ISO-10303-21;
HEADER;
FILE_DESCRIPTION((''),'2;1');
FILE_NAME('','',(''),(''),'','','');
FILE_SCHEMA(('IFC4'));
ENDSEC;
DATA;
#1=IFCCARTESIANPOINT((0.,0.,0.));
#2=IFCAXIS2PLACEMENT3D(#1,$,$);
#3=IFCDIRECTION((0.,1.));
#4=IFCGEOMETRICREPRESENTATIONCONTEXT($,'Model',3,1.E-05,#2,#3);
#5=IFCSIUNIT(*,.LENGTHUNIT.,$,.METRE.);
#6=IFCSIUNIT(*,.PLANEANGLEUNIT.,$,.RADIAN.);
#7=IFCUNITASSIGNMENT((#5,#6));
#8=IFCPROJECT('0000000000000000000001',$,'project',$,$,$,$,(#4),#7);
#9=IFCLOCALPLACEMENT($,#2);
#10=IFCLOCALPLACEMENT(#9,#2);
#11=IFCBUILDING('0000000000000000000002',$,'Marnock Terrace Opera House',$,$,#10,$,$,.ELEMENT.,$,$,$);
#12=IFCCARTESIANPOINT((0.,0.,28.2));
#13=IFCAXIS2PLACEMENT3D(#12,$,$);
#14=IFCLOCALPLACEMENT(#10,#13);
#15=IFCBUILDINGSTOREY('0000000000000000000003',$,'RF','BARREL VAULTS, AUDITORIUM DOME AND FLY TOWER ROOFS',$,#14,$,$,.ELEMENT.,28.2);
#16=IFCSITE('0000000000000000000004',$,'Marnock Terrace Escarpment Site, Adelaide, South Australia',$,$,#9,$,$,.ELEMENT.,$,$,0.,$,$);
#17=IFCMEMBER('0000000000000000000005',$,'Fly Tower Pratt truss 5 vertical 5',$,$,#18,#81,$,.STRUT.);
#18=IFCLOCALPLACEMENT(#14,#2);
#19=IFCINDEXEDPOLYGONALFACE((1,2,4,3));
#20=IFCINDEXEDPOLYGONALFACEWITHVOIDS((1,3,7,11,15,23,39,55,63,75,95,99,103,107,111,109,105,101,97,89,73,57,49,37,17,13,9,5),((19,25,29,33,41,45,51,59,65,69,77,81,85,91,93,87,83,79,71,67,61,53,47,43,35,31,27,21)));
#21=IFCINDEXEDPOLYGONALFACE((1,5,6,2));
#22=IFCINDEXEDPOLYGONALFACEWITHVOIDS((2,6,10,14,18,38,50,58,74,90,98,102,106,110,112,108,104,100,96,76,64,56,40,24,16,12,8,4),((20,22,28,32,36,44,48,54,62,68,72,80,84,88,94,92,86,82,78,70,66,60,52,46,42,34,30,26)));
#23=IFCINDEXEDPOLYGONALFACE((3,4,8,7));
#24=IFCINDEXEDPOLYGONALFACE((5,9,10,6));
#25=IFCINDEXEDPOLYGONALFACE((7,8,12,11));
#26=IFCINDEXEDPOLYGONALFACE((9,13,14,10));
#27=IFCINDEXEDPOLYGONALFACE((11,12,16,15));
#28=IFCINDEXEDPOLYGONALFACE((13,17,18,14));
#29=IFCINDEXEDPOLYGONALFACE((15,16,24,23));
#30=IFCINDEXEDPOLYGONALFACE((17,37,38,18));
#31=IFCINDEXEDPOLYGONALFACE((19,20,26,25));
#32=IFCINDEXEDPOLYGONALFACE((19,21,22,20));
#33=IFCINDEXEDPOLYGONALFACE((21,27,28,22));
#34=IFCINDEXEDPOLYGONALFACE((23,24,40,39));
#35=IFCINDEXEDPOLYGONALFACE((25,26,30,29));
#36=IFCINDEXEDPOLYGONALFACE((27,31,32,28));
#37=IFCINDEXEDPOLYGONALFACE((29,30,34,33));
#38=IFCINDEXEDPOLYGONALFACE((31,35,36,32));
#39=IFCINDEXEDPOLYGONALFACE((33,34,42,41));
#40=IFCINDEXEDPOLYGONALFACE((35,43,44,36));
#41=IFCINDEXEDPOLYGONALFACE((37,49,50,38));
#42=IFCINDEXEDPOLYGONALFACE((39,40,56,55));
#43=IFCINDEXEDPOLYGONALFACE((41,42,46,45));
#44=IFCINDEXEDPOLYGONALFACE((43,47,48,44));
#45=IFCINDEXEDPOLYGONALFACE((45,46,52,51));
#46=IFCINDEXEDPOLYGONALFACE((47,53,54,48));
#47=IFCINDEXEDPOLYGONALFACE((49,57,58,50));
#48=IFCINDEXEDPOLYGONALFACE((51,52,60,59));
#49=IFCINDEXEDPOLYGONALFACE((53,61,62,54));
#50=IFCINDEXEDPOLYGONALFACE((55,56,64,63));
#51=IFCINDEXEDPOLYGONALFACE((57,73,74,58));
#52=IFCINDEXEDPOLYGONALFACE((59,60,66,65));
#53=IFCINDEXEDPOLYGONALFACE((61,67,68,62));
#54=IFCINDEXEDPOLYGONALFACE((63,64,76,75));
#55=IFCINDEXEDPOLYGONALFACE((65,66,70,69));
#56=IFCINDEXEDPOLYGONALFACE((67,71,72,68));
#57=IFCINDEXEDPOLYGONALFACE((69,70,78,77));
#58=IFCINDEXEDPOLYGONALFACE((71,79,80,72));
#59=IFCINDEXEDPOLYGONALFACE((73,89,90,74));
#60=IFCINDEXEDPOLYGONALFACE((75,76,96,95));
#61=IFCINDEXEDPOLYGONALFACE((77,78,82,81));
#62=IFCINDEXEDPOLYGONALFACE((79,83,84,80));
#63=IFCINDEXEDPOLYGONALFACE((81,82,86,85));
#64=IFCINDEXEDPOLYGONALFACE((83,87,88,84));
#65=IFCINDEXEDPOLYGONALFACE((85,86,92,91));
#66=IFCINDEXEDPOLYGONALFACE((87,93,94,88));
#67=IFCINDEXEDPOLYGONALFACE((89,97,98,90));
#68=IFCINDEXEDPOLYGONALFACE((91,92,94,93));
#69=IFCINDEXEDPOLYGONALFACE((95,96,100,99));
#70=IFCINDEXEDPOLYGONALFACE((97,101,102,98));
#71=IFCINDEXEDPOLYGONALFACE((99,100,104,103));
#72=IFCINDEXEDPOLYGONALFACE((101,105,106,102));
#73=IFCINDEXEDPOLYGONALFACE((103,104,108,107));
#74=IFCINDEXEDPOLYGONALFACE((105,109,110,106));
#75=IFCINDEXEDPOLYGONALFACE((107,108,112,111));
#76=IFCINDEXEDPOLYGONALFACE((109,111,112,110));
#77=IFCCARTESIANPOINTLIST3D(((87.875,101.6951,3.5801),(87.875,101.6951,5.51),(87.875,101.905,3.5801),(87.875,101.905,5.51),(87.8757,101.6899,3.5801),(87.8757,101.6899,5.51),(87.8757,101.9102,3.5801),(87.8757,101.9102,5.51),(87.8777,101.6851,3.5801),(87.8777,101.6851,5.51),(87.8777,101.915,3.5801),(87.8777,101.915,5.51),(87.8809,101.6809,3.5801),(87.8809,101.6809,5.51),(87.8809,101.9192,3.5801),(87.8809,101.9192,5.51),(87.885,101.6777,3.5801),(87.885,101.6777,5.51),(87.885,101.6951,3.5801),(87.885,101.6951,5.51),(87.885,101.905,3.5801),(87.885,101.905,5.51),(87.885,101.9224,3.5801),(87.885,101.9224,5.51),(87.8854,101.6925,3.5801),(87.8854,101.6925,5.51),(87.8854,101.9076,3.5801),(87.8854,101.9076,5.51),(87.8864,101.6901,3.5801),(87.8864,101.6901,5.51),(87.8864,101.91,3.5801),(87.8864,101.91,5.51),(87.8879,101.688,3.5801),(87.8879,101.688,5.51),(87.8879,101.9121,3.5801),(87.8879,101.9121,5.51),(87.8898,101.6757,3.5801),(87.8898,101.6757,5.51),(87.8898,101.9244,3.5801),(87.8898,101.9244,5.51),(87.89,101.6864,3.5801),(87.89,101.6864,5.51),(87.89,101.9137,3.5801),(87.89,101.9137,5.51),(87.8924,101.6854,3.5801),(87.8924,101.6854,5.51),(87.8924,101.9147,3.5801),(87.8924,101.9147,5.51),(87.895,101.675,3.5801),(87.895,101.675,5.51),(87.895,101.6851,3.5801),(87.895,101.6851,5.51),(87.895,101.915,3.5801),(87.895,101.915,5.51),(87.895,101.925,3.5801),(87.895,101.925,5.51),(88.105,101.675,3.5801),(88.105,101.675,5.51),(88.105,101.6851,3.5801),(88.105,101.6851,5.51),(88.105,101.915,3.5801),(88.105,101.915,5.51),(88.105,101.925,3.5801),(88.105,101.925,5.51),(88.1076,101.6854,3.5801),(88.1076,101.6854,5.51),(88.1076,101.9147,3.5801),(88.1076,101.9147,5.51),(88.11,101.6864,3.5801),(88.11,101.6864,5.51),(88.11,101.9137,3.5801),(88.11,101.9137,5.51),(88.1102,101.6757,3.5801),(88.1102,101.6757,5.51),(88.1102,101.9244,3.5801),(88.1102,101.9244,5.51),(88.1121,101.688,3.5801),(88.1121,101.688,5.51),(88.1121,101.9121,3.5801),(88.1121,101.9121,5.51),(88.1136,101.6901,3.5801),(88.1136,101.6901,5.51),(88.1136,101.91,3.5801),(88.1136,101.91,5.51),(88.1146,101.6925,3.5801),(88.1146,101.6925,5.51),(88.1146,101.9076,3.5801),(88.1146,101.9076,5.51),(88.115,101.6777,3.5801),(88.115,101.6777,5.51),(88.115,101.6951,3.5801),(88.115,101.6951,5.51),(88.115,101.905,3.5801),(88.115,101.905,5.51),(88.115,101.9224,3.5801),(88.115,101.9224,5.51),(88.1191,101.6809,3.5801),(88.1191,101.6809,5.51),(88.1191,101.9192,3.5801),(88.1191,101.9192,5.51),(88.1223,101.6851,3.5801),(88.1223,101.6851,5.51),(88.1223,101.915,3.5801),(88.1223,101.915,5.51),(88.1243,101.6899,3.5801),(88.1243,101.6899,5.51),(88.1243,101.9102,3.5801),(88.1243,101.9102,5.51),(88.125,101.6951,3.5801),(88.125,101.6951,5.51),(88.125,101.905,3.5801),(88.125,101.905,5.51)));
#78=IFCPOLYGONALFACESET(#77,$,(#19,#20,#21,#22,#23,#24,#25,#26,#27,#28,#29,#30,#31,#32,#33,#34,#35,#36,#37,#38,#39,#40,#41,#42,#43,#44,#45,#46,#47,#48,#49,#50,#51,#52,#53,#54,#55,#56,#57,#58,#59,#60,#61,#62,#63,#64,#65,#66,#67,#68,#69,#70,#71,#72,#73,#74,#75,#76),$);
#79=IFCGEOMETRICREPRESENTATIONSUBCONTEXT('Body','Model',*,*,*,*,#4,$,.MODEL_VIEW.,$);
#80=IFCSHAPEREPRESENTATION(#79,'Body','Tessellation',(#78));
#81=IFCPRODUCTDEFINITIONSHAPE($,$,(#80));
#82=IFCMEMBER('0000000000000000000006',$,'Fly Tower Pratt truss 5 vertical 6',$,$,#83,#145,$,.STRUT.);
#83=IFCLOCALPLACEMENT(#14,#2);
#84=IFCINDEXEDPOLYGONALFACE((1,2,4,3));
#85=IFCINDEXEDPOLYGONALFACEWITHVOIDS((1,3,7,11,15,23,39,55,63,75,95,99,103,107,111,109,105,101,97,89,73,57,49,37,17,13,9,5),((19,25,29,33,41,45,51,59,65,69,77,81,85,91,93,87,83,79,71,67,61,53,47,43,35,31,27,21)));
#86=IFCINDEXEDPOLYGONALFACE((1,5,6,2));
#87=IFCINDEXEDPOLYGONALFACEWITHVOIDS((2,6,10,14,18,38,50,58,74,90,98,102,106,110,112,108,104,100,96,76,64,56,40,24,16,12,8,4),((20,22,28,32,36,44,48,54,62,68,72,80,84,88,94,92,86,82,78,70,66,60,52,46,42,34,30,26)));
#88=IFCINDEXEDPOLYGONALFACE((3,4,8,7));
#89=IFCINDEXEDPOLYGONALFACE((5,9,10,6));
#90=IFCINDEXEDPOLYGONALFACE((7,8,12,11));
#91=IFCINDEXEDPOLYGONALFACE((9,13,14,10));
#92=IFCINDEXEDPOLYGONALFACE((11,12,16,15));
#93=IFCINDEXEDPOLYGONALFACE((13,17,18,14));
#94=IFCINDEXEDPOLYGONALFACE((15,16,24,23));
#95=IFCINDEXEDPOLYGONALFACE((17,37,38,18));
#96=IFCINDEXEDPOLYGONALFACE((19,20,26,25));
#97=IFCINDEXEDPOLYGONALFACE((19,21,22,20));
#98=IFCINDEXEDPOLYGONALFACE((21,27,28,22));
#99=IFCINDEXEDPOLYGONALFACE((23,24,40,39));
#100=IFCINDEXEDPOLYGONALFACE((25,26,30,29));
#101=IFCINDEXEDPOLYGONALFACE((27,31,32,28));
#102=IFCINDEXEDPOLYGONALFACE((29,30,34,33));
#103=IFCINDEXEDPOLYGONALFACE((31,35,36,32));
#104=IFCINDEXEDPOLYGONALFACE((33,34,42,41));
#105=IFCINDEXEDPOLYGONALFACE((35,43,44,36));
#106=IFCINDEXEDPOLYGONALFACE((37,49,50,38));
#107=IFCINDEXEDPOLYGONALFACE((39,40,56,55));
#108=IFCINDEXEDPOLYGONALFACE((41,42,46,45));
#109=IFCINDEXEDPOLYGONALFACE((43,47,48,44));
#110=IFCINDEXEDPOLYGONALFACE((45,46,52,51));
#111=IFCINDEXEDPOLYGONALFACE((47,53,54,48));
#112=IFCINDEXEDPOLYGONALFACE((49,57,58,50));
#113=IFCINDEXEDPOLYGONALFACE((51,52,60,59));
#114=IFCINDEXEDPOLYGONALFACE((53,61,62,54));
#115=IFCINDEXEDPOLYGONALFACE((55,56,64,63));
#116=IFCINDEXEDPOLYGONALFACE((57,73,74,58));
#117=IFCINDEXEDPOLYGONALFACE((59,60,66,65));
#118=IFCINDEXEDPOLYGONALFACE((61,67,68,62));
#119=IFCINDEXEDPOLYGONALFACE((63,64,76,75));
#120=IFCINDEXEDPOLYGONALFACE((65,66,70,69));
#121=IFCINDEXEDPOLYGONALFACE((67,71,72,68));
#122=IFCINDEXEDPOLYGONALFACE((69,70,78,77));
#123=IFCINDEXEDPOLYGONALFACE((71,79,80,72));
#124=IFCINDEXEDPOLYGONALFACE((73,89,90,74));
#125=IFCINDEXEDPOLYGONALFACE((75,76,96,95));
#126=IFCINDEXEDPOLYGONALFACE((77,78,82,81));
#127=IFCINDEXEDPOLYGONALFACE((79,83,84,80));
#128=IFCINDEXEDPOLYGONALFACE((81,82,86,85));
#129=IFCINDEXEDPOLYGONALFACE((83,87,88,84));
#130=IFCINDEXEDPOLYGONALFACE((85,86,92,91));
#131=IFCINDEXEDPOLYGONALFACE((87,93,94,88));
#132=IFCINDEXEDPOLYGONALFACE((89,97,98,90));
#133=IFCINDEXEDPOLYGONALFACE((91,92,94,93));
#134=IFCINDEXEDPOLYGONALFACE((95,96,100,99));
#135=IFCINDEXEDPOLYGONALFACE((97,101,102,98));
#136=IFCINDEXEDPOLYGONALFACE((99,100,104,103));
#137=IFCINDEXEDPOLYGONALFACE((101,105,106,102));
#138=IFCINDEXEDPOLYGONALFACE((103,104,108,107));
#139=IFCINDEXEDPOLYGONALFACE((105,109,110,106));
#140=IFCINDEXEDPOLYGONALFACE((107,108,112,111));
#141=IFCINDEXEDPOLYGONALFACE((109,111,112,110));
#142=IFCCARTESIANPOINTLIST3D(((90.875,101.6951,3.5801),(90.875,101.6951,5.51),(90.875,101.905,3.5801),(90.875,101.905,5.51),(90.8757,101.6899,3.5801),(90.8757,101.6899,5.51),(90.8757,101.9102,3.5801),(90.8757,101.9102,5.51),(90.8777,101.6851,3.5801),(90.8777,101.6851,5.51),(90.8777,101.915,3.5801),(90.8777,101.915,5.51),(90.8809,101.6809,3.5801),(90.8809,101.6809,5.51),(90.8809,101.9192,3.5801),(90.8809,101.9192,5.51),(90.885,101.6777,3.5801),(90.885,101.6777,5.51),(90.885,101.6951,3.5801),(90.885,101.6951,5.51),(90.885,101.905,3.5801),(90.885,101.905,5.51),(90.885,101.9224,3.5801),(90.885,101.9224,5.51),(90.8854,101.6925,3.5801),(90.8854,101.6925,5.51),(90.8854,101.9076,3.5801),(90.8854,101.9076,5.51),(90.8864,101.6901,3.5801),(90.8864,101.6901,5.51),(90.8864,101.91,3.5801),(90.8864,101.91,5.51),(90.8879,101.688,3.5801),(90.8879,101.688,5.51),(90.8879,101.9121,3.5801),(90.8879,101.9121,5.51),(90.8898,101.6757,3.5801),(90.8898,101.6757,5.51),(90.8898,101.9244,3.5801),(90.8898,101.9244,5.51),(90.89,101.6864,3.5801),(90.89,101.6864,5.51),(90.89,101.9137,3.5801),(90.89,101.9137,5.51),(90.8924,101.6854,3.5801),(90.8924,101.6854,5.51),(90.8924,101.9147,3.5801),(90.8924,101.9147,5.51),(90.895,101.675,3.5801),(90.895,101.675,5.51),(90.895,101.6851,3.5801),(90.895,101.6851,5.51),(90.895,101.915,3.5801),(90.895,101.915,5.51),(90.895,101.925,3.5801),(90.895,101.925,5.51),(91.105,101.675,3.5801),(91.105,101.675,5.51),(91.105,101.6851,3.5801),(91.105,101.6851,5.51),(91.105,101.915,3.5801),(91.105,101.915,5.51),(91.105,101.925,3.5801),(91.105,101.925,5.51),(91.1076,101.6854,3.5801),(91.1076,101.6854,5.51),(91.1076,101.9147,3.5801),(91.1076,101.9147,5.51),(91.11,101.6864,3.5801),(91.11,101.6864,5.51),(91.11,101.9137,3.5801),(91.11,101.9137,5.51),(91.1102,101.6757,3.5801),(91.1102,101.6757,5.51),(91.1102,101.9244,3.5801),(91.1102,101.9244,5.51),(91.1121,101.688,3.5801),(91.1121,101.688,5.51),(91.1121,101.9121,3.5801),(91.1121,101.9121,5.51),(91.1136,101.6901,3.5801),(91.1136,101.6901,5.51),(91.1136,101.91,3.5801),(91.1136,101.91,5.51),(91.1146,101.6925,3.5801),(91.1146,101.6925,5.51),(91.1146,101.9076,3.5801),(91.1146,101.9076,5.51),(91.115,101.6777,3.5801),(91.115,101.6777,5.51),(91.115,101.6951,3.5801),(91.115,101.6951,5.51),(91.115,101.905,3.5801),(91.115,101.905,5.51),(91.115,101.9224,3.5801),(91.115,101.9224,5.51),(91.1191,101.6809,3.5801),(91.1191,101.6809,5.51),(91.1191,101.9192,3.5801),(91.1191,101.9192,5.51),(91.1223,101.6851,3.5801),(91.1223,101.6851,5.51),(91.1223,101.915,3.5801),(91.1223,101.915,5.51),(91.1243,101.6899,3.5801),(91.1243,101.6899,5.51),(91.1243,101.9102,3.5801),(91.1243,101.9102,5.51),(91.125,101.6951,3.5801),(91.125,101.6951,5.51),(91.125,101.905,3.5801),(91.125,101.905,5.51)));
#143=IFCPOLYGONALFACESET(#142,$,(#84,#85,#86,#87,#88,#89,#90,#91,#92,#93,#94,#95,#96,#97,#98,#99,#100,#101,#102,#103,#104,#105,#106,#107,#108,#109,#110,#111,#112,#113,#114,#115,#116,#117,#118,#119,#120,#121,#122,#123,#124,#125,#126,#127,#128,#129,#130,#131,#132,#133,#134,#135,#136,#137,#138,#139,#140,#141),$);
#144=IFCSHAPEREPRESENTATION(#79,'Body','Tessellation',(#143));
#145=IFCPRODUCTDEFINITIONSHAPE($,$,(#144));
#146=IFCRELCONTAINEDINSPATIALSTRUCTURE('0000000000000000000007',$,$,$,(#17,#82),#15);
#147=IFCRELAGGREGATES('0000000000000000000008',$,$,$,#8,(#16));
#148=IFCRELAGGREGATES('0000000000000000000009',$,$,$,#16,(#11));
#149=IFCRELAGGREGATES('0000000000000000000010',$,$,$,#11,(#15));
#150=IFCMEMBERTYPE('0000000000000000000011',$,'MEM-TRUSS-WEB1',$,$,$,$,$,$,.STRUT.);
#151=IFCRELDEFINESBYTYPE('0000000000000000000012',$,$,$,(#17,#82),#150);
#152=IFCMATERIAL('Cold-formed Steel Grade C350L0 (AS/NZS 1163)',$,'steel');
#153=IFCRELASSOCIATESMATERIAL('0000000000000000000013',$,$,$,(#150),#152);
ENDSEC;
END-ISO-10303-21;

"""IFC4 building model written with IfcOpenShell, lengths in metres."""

from ifc_helpers import new_model, si_unit, direction, frame, origin, origin_2d, place, context, subcontext, project, spatial, hollow_rectangle, extrude, material, material_profile, profile_set, type_object, element, save


model = new_model("IFC4")

# Units and contexts
model_context = context("Model", 3, precision=1e-05, world=origin(), true_north=direction((0.0, 1.0)))
body_context = subcontext(model_context, "Body", "Model", "MODEL_VIEW")
ifc_project = project(units=[si_unit("LENGTHUNIT", "METRE"), si_unit("PLANEANGLEUNIT", "RADIAN")], contexts=[model_context])

# Site, building, storey
site_placement = place(None, origin())
site = spatial("IfcSite", under=ifc_project, at=site_placement, Name="Marnock Terrace Escarpment Site, Adelaide, South Australia", CompositionType="ELEMENT", RefElevation=0.0)
building_placement = place(site_placement, origin())
building = spatial("IfcBuilding", under=site, at=building_placement, Name="Marnock Terrace Opera House", CompositionType="ELEMENT")
storey_placement = place(building_placement, frame((0.0, 0.0, 28.2)))
storey = spatial("IfcBuildingStorey", under=building, at=storey_placement, Name="RF", Description="BARREL VAULTS, AUDITORIUM DOME AND FLY TOWER ROOFS", CompositionType="ELEMENT", Elevation=28.2)

# Members
ifc_material_1 = material(Name="Cold-formed Steel Grade C350L0 (AS/NZS 1163)", Category="steel")
ifc_material_profile_1 = material_profile(ifc_material_1, hollow_rectangle(XDim=0.25, YDim=0.25, WallThickness=0.01, InnerFilletRadius=0.01, OuterFilletRadius=0.02, at=origin_2d()))
ifc_profile_set_1 = profile_set([ifc_material_profile_1], Name="Cold-formed Steel Grade C350L0 (AS/NZS 1163)")
member_type_1 = type_object("IfcMemberType", Name="MEM-TRUSS-WEB1", PredefinedType="STRUT", material=ifc_profile_set_1)
for number, where, z_axis, x_axis, name in (
    (1, (88.0, 101.8, 3.5801), (0.0, 0.0, 1.0), (1.0, 0.0, 0.0), "Fly Tower Pratt truss 5 vertical 5"),
    (2, (91.0, 101.8, 3.5801), (0.0, 0.0, 1.0), (1.0, 0.0, 0.0), "Fly Tower Pratt truss 5 vertical 6"),
):
    element("IfcMember", number, at=place(storey_placement, frame(where, z_axis=z_axis, x_axis=x_axis)), inside=storey, type_object=member_type_1, Name=name, PredefinedType="STRUT", context=body_context, shape_type="SweptSolid", body=[
        extrude(hollow_rectangle(XDim=0.25, YDim=0.25, WallThickness=0.01, InnerFilletRadius=0.01, OuterFilletRadius=0.02, at=origin_2d()), origin(), (0.0, 0.0, 1.0), 1.9299),
    ])

save(model, "model.ifc")
